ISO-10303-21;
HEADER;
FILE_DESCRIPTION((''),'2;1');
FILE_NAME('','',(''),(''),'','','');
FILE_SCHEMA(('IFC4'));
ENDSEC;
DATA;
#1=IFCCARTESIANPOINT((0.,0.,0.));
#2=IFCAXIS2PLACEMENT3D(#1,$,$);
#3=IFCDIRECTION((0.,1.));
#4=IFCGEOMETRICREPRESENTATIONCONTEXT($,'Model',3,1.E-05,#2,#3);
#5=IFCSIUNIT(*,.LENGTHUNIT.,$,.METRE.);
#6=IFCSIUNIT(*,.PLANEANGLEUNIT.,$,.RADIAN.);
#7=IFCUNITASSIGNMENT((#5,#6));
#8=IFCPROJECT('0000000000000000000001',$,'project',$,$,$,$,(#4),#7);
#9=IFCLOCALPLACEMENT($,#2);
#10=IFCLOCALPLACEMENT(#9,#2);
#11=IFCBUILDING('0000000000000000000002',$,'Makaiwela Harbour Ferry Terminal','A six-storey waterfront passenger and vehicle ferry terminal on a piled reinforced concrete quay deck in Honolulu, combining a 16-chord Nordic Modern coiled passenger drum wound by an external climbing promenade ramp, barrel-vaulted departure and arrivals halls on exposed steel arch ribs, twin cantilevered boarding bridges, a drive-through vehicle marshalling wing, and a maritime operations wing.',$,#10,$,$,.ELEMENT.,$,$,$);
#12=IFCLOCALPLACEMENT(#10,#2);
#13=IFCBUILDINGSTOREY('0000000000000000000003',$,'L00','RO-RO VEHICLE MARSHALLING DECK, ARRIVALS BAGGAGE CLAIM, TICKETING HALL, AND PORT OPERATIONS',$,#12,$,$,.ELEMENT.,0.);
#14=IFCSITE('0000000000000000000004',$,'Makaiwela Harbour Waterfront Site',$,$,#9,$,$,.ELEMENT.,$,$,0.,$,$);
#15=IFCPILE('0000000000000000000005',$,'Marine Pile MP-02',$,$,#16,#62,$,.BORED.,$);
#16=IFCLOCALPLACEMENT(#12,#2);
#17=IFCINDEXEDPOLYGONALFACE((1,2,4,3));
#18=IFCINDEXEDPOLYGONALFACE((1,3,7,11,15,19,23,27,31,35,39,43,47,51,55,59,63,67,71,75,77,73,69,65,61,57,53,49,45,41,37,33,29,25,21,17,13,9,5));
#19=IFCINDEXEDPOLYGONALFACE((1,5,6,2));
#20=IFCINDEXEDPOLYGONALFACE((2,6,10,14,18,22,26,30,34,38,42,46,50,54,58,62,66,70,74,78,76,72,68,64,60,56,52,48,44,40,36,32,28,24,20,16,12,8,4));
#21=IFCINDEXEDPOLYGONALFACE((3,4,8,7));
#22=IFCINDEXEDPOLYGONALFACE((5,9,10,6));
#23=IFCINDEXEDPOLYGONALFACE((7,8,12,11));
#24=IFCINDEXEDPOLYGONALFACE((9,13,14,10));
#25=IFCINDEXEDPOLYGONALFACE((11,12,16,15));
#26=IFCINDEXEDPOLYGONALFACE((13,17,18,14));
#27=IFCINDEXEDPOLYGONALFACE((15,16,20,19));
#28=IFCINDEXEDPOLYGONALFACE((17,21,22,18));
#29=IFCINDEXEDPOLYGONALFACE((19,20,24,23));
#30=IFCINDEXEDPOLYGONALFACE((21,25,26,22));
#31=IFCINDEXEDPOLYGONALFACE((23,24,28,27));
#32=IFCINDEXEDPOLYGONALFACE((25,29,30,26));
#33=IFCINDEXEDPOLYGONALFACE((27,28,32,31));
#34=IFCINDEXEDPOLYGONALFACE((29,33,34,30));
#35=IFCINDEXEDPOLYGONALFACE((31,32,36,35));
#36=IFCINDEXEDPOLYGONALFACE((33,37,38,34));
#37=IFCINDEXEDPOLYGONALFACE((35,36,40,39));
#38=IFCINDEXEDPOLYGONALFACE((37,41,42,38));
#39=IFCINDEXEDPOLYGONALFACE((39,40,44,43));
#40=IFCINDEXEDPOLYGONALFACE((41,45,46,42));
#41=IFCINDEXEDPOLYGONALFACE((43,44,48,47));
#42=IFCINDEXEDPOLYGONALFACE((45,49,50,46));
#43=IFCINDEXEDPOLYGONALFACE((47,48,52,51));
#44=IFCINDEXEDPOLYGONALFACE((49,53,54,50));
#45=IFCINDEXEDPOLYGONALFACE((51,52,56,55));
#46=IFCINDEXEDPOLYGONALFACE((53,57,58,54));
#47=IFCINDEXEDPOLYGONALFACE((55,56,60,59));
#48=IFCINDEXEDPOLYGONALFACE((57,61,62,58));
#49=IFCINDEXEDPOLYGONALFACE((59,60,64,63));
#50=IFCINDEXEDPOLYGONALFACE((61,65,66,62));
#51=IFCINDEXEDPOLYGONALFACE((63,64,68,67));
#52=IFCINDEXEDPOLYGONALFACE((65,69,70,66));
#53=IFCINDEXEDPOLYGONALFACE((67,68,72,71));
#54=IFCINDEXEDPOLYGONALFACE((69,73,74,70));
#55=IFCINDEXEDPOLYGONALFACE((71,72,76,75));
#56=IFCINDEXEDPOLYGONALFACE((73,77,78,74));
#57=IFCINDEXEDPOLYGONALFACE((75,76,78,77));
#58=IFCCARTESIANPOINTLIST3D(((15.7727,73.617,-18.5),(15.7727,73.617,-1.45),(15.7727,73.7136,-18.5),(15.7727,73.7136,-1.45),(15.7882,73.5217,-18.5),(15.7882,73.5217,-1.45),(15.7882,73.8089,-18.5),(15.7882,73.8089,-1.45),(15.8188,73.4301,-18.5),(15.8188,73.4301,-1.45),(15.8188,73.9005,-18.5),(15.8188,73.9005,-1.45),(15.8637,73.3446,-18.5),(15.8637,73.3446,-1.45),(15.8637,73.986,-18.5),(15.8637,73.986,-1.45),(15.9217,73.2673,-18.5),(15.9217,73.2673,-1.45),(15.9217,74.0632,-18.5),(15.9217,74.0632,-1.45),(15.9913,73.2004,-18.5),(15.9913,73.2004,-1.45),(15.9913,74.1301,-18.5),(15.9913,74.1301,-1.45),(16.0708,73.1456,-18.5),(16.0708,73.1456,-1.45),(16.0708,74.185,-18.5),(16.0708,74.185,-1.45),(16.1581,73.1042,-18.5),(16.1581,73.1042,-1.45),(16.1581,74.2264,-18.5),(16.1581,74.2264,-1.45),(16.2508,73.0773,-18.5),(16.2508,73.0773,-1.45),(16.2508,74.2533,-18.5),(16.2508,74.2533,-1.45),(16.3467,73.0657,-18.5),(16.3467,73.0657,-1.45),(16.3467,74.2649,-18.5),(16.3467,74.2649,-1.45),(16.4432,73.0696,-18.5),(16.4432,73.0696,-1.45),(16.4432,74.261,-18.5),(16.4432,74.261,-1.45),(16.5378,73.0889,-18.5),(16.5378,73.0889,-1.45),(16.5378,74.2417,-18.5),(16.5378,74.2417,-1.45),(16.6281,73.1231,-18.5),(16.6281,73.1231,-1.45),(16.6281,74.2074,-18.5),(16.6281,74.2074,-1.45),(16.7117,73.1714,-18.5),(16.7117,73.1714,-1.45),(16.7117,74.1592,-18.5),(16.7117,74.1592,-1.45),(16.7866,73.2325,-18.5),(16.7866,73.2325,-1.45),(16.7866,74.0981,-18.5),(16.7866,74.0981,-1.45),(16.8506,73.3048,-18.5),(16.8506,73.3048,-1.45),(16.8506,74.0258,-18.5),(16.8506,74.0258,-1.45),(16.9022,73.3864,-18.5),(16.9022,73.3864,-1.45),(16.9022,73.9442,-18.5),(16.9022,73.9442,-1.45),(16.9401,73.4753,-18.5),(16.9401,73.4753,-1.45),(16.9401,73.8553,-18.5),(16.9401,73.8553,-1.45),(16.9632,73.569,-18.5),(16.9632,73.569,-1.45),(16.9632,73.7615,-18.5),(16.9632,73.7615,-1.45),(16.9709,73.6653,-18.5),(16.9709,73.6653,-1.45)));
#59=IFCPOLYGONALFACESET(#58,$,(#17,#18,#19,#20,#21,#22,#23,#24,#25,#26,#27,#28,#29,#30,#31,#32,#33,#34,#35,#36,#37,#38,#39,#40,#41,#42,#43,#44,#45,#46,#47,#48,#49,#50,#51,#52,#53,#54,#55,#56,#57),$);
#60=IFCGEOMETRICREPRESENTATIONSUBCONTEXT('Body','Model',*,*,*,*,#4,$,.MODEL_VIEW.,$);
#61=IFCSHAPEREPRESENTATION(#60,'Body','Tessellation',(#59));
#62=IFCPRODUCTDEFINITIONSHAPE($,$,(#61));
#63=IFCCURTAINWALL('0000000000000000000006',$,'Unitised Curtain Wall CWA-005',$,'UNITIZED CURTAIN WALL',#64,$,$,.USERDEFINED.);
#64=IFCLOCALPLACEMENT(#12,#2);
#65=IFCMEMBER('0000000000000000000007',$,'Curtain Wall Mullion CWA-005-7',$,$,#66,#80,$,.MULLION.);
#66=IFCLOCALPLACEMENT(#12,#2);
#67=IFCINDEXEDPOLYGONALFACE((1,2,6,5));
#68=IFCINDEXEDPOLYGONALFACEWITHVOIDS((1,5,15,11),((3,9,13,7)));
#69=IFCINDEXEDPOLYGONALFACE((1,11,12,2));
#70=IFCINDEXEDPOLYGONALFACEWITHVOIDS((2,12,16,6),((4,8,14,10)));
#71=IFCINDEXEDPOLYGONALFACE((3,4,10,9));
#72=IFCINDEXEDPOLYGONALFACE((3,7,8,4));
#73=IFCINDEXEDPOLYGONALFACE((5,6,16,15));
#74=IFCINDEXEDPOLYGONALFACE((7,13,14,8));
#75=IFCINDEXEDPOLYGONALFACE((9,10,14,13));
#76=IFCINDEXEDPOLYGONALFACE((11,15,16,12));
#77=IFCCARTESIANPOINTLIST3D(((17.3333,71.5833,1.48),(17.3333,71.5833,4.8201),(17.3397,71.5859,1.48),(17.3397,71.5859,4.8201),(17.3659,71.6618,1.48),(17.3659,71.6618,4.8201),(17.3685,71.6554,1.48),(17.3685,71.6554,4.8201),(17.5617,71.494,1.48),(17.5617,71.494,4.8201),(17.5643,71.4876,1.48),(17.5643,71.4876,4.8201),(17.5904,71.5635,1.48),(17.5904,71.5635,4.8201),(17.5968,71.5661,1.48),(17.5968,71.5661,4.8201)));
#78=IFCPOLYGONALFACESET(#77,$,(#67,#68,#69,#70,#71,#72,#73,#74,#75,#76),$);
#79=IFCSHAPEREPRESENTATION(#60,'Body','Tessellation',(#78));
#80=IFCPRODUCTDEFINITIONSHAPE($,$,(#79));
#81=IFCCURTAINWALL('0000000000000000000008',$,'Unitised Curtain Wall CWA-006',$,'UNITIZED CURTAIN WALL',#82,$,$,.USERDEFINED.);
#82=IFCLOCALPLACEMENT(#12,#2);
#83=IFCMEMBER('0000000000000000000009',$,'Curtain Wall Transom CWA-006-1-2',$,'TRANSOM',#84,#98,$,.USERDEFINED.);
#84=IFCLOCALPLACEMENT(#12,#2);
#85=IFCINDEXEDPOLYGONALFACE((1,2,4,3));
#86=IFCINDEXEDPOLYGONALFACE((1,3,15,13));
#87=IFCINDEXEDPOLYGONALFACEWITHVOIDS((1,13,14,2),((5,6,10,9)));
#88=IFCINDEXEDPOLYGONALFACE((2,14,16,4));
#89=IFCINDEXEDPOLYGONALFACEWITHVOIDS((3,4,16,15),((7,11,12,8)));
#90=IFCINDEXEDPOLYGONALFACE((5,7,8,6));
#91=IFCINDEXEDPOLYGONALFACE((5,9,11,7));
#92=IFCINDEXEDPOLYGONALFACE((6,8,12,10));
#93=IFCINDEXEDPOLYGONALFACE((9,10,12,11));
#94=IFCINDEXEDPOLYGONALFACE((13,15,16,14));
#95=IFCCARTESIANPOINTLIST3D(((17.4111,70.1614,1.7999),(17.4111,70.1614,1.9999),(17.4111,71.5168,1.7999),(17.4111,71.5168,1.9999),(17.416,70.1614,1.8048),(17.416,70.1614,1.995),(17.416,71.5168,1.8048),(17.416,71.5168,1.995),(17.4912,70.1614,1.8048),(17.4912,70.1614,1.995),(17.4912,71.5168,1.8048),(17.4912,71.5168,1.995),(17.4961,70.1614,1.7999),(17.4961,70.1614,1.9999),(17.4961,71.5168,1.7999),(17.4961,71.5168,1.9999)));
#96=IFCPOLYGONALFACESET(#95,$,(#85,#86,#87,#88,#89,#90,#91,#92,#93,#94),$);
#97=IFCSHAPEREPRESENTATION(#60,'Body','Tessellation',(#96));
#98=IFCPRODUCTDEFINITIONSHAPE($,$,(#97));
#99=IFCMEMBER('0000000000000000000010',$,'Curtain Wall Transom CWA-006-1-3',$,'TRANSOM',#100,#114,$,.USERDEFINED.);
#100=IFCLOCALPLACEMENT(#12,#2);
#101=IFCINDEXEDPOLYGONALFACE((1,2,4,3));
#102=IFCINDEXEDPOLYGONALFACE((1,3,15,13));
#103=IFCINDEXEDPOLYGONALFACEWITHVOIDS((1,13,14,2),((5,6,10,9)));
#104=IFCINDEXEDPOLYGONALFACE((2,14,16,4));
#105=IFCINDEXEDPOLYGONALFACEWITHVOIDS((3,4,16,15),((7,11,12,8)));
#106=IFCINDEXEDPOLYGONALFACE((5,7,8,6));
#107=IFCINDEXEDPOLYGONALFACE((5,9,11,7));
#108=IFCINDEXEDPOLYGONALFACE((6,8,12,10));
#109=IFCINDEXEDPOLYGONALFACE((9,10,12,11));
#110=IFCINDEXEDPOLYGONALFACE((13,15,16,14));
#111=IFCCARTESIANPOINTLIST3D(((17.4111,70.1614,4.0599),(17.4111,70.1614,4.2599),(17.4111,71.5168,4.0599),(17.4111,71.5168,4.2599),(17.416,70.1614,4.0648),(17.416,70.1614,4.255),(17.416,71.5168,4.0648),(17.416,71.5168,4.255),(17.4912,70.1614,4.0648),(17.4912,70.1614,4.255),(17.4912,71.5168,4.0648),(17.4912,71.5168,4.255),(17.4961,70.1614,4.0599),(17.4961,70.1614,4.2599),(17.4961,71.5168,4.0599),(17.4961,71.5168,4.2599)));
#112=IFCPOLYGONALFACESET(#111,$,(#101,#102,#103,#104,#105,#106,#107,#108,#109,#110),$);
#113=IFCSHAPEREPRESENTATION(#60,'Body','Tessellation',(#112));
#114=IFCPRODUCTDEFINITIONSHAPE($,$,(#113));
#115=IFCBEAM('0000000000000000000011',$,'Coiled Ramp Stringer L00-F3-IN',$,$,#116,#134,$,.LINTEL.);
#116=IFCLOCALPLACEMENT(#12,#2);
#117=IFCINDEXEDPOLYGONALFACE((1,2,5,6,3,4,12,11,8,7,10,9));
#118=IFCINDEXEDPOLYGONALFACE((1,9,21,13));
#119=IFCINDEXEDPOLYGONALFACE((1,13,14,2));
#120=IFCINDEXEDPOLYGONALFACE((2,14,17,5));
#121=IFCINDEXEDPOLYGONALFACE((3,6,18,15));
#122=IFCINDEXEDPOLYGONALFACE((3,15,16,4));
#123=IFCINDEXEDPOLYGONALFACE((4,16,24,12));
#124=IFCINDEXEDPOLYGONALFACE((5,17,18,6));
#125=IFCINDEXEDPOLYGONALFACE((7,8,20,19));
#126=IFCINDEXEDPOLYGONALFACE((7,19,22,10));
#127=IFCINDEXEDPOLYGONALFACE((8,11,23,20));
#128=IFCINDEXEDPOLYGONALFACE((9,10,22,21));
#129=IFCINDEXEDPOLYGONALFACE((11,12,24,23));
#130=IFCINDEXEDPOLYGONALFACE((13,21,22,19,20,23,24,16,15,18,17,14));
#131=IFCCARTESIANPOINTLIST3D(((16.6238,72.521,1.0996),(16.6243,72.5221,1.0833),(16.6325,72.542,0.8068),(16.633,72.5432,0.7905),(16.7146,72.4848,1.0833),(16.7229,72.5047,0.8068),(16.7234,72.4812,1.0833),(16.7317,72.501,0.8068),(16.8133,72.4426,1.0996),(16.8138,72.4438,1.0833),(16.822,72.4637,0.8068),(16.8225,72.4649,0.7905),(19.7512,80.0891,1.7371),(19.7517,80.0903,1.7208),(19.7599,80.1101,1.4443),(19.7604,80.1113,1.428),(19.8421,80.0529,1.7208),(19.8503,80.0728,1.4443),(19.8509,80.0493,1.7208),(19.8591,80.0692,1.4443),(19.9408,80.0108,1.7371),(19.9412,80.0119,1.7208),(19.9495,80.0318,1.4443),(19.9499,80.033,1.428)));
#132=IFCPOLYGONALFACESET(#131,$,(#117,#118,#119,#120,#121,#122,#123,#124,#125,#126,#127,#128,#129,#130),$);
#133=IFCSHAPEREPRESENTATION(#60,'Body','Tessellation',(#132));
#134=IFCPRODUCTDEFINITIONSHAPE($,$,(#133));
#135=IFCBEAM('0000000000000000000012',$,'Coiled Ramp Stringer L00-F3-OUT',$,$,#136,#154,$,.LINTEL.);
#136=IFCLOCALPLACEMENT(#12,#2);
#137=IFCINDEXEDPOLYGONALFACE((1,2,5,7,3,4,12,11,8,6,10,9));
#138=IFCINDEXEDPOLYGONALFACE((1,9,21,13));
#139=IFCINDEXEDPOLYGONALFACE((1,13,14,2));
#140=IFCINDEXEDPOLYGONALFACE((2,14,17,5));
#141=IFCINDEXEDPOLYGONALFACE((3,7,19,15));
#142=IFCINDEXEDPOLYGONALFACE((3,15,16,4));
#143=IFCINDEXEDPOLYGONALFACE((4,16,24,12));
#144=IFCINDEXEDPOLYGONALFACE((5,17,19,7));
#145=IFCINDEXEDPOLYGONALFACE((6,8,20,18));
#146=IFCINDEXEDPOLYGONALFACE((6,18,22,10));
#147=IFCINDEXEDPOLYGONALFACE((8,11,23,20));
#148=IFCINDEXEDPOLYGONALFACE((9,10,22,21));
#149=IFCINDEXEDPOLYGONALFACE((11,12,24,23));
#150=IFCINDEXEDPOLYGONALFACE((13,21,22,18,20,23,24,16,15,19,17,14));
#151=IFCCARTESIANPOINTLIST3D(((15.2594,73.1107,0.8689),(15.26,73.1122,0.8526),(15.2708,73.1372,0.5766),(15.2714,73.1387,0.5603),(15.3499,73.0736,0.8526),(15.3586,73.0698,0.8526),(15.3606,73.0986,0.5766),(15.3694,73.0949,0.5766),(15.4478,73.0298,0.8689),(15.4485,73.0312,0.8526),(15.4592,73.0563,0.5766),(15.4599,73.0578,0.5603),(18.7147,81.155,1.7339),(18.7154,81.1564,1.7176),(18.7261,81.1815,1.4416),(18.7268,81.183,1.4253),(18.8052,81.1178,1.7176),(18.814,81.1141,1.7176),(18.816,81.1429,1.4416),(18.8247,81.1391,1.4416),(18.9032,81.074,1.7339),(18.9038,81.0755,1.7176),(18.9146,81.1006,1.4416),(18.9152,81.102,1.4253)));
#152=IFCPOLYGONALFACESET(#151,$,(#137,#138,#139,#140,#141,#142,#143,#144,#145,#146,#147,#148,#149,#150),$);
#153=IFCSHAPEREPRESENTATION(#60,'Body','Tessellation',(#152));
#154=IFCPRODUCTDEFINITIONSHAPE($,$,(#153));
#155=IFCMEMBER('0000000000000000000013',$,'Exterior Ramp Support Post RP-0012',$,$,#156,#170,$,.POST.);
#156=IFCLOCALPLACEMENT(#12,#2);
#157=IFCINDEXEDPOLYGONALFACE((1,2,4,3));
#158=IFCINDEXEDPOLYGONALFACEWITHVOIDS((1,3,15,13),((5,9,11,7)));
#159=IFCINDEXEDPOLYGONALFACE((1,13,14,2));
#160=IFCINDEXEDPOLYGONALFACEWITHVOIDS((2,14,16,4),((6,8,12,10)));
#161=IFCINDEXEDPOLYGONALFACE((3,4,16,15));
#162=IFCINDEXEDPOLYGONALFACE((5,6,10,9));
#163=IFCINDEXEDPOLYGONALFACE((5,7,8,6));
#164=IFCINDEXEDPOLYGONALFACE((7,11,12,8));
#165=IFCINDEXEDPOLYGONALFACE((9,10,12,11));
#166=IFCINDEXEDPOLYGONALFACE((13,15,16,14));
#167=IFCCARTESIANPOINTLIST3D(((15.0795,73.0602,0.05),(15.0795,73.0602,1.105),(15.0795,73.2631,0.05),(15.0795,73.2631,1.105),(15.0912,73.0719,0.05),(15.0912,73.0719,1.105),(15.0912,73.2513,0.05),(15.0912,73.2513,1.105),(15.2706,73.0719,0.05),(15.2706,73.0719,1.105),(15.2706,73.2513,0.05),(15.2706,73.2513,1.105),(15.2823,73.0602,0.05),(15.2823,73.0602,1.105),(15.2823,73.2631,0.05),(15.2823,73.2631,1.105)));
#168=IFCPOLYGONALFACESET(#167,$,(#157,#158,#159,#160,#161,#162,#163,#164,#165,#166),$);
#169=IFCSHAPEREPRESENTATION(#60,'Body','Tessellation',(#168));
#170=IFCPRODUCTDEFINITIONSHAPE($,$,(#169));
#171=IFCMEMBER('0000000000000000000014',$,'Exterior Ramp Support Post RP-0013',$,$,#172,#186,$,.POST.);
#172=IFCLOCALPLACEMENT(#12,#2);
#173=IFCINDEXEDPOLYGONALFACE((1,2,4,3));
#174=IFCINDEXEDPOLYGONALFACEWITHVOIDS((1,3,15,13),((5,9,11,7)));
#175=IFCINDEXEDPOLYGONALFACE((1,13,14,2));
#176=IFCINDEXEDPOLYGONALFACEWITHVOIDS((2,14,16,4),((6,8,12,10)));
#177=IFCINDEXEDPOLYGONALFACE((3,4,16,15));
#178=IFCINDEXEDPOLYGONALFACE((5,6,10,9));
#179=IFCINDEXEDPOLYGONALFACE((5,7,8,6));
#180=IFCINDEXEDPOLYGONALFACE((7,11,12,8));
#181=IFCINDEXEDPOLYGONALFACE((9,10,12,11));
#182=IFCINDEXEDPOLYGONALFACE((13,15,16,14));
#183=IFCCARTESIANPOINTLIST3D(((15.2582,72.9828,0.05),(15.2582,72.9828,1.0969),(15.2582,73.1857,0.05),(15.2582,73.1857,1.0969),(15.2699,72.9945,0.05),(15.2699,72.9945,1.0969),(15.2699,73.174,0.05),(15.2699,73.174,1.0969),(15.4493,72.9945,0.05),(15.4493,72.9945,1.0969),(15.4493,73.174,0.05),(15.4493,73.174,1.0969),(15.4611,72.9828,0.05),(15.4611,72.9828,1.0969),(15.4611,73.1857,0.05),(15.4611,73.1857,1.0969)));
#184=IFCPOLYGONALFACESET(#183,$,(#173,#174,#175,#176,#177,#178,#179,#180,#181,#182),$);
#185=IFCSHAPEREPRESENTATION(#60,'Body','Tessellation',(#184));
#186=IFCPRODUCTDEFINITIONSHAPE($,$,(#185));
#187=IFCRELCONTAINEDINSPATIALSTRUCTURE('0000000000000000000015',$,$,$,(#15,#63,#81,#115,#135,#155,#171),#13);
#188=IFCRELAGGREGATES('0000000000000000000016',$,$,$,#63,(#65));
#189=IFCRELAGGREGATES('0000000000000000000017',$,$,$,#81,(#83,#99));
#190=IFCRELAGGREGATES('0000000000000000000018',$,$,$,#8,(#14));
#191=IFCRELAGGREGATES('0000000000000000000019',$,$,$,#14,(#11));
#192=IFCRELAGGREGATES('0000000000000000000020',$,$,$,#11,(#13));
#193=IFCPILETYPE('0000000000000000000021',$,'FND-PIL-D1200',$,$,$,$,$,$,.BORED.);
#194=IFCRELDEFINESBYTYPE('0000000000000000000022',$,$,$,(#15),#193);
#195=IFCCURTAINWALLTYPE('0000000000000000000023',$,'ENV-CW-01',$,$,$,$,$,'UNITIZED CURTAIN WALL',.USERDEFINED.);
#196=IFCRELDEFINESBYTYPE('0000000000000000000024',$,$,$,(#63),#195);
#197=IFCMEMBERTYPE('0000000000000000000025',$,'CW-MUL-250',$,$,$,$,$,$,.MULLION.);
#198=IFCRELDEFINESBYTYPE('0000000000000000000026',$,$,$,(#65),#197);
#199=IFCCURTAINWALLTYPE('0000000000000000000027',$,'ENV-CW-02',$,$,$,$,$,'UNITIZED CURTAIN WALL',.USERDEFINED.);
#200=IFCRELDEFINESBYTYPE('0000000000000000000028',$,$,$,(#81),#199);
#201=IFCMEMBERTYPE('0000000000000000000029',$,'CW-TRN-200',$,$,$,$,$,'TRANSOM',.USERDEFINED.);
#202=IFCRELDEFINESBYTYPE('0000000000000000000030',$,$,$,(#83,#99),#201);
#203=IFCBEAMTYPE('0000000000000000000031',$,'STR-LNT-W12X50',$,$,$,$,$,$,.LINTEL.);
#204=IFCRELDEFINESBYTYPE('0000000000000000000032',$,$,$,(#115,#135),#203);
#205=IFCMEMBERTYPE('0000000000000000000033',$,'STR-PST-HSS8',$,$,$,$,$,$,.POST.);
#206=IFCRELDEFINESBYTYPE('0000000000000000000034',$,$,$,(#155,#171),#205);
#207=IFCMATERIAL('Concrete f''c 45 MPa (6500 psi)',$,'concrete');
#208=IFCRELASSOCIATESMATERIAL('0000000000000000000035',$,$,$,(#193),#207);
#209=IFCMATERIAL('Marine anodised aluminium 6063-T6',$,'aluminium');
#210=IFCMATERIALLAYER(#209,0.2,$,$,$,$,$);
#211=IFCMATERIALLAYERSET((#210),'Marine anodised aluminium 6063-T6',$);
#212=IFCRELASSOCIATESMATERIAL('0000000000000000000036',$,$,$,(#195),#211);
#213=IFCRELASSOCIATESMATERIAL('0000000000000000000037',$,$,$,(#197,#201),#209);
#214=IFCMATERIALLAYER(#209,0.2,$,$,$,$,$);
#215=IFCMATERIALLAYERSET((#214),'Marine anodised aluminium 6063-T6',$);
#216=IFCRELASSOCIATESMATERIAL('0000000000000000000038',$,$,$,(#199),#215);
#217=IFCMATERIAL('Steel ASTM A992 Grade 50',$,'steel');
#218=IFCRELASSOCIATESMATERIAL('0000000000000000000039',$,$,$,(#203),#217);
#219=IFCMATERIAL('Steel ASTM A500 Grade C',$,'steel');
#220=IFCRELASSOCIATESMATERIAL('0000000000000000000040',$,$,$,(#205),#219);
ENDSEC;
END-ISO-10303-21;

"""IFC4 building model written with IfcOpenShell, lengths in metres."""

from ifc_helpers import new_model, si_unit, direction, frame, origin, origin_2d, place, context, subcontext, project, spatial, hollow_rectangle, circle, i_section, extrude, material, layer, layer_set, material_profile, profile_set, type_object, element, aggregate, save


model = new_model("IFC4")

# Units and contexts
model_context = context("Model", 3, precision=1e-05, world=origin(), true_north=direction((0.0, 1.0)))
body_context = subcontext(model_context, "Body", "Model", "MODEL_VIEW")
ifc_project = project(units=[si_unit("LENGTHUNIT", "METRE"), si_unit("PLANEANGLEUNIT", "RADIAN")], contexts=[model_context])

# Site, building, storey
site_placement = place(None, origin())
site = spatial("IfcSite", under=ifc_project, at=site_placement, Name="Makaiwela Harbour Waterfront Site", CompositionType="ELEMENT", RefElevation=0.0)
building_placement = place(site_placement, origin())
building = spatial("IfcBuilding", under=site, at=building_placement, Name="Makaiwela Harbour Ferry Terminal", Description="A six-storey waterfront passenger and vehicle ferry terminal on a piled reinforced concrete quay deck in Honolulu, combining a 16-chord Nordic Modern coiled passenger drum wound by an external climbing promenade ramp, barrel-vaulted departure and arrivals halls on exposed steel arch ribs, twin cantilevered boarding bridges, a drive-through vehicle marshalling wing, and a maritime operations wing.", CompositionType="ELEMENT")
storey_placement = place(building_placement, origin())
storey = spatial("IfcBuildingStorey", under=building, at=storey_placement, Name="L00", Description="RO-RO VEHICLE MARSHALLING DECK, ARRIVALS BAGGAGE CLAIM, TICKETING HALL, AND PORT OPERATIONS", CompositionType="ELEMENT", Elevation=0.0)

# Pile
ifc_material_1 = material(Name="Concrete f'c 45 MPa (6500 psi)", Category="concrete")
ifc_material_profile_1 = material_profile(ifc_material_1, circle(Radius=0.6001, at=origin_2d()), Name="PILE-D1200")
ifc_profile_set_1 = profile_set([ifc_material_profile_1], Name="Concrete f'c 45 MPa (6500 psi)")
pile_type = type_object("IfcPileType", Name="FND-PIL-D1200", PredefinedType="BORED", material=ifc_profile_set_1)
pile_placement = place(storey_placement, frame((16.3708, 73.6653, -1.45), z_axis=(0.0, 0.0, -1.0), x_axis=(1.0, 0.0, 0.0)))
element("IfcPile", 1, at=pile_placement, inside=storey, type_object=pile_type, Name="Marine Pile MP-02", PredefinedType="BORED", context=body_context, shape_type="SweptSolid", body=[
    extrude(circle(Radius=0.6001, at=origin_2d()), origin(), (0.0, 0.0, 1.0), 17.05),
])

# Curtain wall, member
ifc_material_2 = material(Name="Marine anodised aluminium 6063-T6", Category="aluminium")
ifc_layer_1 = layer(ifc_material_2, 0.2)
ifc_layer_set_1 = layer_set([ifc_layer_1], Name="Marine anodised aluminium 6063-T6")
curtain_wall_type_1 = type_object("IfcCurtainWallType", Name="ENV-CW-01", ElementType="UNITIZED CURTAIN WALL", PredefinedType="USERDEFINED", material=ifc_layer_set_1)
curtain_wall_1_placement = place(storey_placement, origin())
curtain_wall_1 = element("IfcCurtainWall", 2, at=curtain_wall_1_placement, inside=storey, type_object=curtain_wall_type_1, Name="Unitised Curtain Wall CWA-005", ObjectType="UNITIZED CURTAIN WALL", PredefinedType="USERDEFINED")
ifc_material_profile_2 = material_profile(ifc_material_2, hollow_rectangle(XDim=0.085, YDim=0.25, WallThickness=0.0049, at=origin_2d()), Name="CWM-250X85")
ifc_profile_set_2 = profile_set([ifc_material_profile_2], Name="Marine anodised aluminium 6063-T6")
member_type_1 = type_object("IfcMemberType", Name="CW-MUL-250", PredefinedType="MULLION", material=ifc_profile_set_2)
member_1_placement = place(storey_placement, frame((17.4651, 71.5747, 1.48), z_axis=(0.0, 0.0, 1.0), x_axis=(0.382683, 0.92388, 0.0)))
member_1 = element("IfcMember", 3, at=member_1_placement, type_object=member_type_1, Name="Curtain Wall Mullion CWA-005-7", PredefinedType="MULLION", context=body_context, shape_type="SweptSolid", body=[
    extrude(hollow_rectangle(XDim=0.085, YDim=0.25, WallThickness=0.0049, at=origin_2d()), origin(), (0.0, 0.0, 1.0), 3.3401),
])
aggregate(curtain_wall_1, [member_1])

# Curtain wall, members
ifc_layer_2 = layer(ifc_material_2, 0.2)
ifc_layer_set_2 = layer_set([ifc_layer_2], Name="Marine anodised aluminium 6063-T6")
curtain_wall_type_2 = type_object("IfcCurtainWallType", Name="ENV-CW-02", ElementType="UNITIZED CURTAIN WALL", PredefinedType="USERDEFINED", material=ifc_layer_set_2)
curtain_wall_2_placement = place(storey_placement, origin())
curtain_wall_2 = element("IfcCurtainWall", 4, at=curtain_wall_2_placement, inside=storey, type_object=curtain_wall_type_2, Name="Unitised Curtain Wall CWA-006", ObjectType="UNITIZED CURTAIN WALL", PredefinedType="USERDEFINED")
ifc_material_profile_3 = material_profile(ifc_material_2, hollow_rectangle(XDim=0.085, YDim=0.2, WallThickness=0.0049, at=origin_2d()), Name="CWT-200X85")
ifc_profile_set_3 = profile_set([ifc_material_profile_3], Name="Marine anodised aluminium 6063-T6")
member_type_2 = type_object("IfcMemberType", Name="CW-TRN-200", ElementType="TRANSOM", PredefinedType="USERDEFINED", material=ifc_profile_set_3)
member_2_placement = place(storey_placement, frame((17.4536, 71.5168, 1.8999), z_axis=(0.0, -1.0, 0.0), x_axis=(1.0, 0.0, 0.0)))
member_2 = element("IfcMember", 5, at=member_2_placement, type_object=member_type_2, Name="Curtain Wall Transom CWA-006-1-2", ObjectType="TRANSOM", PredefinedType="USERDEFINED", context=body_context, shape_type="SweptSolid", body=[
    extrude(hollow_rectangle(XDim=0.085, YDim=0.2, WallThickness=0.0049, at=origin_2d()), origin(), (0.0, 0.0, 1.0), 1.3555),
])
member_3_placement = place(storey_placement, frame((17.4536, 71.5168, 4.1599), z_axis=(0.0, -1.0, 0.0), x_axis=(1.0, 0.0, 0.0)))
member_3 = element("IfcMember", 6, at=member_3_placement, type_object=member_type_2, Name="Curtain Wall Transom CWA-006-1-3", ObjectType="TRANSOM", PredefinedType="USERDEFINED", context=body_context, shape_type="SweptSolid", body=[
    extrude(hollow_rectangle(XDim=0.085, YDim=0.2, WallThickness=0.0049, at=origin_2d()), origin(), (0.0, 0.0, 1.0), 1.3555),
])
aggregate(curtain_wall_2, [member_2, member_3])

# Beams
ifc_material_3 = material(Name="Steel ASTM A992 Grade 50", Category="steel")
ifc_material_profile_4 = material_profile(ifc_material_3, i_section(OverallWidth=0.2051, OverallDepth=0.3101, WebThickness=0.0095, FlangeThickness=0.0164, at=origin_2d()), Name="W12X50")
ifc_profile_set_4 = profile_set([ifc_material_profile_4], Name="Steel ASTM A992 Grade 50")
beam_type = type_object("IfcBeamType", Name="STR-LNT-W12X50", PredefinedType="LINTEL", material=ifc_profile_set_4)
beam_1_placement = place(storey_placement, frame((16.7231, 72.4929, 0.9451), z_axis=(0.380763, 0.92141, 0.077609), x_axis=(-0.924198, 0.381915, 0.0)))
element("IfcBeam", 7, at=beam_1_placement, inside=storey, type_object=beam_type, Name="Coiled Ramp Stringer L00-F3-IN", PredefinedType="LINTEL", context=body_context, shape_type="SweptSolid", body=[
    extrude(i_section(OverallWidth=0.2051, OverallDepth=0.3101, WebThickness=0.0095, FlangeThickness=0.0164, at=origin_2d()), origin(), (0.0, 0.0, 1.0), 8.2136),
])
beam_2_placement = place(storey_placement, frame((15.3596, 73.0842, 0.7146), z_axis=(0.392761, 0.91437, 0.098322), x_axis=(-0.918822, 0.394673, 0.0)))
element("IfcBeam", 8, at=beam_2_placement, inside=storey, type_object=beam_type, Name="Coiled Ramp Stringer L00-F3-OUT", PredefinedType="LINTEL", context=body_context, shape_type="SweptSolid", body=[
    extrude(i_section(OverallWidth=0.2051, OverallDepth=0.3101, WebThickness=0.0095, FlangeThickness=0.0164, at=origin_2d()), origin(), (0.0, 0.0, 1.0), 8.7976),
])

# Members
ifc_material_4 = material(Name="Steel ASTM A500 Grade C", Category="steel")
ifc_material_profile_5 = material_profile(ifc_material_4, hollow_rectangle(XDim=0.2029, YDim=0.2029, WallThickness=0.0117, at=origin_2d()), Name="HSS8X8X1/2")
ifc_profile_set_5 = profile_set([ifc_material_profile_5], Name="Steel ASTM A500 Grade C")
member_type_3 = type_object("IfcMemberType", Name="STR-PST-HSS8", PredefinedType="POST", material=ifc_profile_set_5)
member_4_placement = place(storey_placement, frame((15.1809, 73.1616, 0.05), z_axis=(0.0, 0.0, 1.0), x_axis=(1.0, 0.0, 0.0)))
element("IfcMember", 9, at=member_4_placement, inside=storey, type_object=member_type_3, Name="Exterior Ramp Support Post RP-0012", PredefinedType="POST", context=body_context, shape_type="SweptSolid", body=[
    extrude(hollow_rectangle(XDim=0.2029, YDim=0.2029, WallThickness=0.0117, at=origin_2d()), origin(), (0.0, 0.0, 1.0), 1.0549),
])
member_5_placement = place(storey_placement, frame((15.3596, 73.0842, 0.05), z_axis=(0.0, 0.0, 1.0), x_axis=(1.0, 0.0, 0.0)))
element("IfcMember", 10, at=member_5_placement, inside=storey, type_object=member_type_3, Name="Exterior Ramp Support Post RP-0013", PredefinedType="POST", context=body_context, shape_type="SweptSolid", body=[
    extrude(hollow_rectangle(XDim=0.2029, YDim=0.2029, WallThickness=0.0117, at=origin_2d()), origin(), (0.0, 0.0, 1.0), 1.0469),
])

save(model, "model.ifc")
